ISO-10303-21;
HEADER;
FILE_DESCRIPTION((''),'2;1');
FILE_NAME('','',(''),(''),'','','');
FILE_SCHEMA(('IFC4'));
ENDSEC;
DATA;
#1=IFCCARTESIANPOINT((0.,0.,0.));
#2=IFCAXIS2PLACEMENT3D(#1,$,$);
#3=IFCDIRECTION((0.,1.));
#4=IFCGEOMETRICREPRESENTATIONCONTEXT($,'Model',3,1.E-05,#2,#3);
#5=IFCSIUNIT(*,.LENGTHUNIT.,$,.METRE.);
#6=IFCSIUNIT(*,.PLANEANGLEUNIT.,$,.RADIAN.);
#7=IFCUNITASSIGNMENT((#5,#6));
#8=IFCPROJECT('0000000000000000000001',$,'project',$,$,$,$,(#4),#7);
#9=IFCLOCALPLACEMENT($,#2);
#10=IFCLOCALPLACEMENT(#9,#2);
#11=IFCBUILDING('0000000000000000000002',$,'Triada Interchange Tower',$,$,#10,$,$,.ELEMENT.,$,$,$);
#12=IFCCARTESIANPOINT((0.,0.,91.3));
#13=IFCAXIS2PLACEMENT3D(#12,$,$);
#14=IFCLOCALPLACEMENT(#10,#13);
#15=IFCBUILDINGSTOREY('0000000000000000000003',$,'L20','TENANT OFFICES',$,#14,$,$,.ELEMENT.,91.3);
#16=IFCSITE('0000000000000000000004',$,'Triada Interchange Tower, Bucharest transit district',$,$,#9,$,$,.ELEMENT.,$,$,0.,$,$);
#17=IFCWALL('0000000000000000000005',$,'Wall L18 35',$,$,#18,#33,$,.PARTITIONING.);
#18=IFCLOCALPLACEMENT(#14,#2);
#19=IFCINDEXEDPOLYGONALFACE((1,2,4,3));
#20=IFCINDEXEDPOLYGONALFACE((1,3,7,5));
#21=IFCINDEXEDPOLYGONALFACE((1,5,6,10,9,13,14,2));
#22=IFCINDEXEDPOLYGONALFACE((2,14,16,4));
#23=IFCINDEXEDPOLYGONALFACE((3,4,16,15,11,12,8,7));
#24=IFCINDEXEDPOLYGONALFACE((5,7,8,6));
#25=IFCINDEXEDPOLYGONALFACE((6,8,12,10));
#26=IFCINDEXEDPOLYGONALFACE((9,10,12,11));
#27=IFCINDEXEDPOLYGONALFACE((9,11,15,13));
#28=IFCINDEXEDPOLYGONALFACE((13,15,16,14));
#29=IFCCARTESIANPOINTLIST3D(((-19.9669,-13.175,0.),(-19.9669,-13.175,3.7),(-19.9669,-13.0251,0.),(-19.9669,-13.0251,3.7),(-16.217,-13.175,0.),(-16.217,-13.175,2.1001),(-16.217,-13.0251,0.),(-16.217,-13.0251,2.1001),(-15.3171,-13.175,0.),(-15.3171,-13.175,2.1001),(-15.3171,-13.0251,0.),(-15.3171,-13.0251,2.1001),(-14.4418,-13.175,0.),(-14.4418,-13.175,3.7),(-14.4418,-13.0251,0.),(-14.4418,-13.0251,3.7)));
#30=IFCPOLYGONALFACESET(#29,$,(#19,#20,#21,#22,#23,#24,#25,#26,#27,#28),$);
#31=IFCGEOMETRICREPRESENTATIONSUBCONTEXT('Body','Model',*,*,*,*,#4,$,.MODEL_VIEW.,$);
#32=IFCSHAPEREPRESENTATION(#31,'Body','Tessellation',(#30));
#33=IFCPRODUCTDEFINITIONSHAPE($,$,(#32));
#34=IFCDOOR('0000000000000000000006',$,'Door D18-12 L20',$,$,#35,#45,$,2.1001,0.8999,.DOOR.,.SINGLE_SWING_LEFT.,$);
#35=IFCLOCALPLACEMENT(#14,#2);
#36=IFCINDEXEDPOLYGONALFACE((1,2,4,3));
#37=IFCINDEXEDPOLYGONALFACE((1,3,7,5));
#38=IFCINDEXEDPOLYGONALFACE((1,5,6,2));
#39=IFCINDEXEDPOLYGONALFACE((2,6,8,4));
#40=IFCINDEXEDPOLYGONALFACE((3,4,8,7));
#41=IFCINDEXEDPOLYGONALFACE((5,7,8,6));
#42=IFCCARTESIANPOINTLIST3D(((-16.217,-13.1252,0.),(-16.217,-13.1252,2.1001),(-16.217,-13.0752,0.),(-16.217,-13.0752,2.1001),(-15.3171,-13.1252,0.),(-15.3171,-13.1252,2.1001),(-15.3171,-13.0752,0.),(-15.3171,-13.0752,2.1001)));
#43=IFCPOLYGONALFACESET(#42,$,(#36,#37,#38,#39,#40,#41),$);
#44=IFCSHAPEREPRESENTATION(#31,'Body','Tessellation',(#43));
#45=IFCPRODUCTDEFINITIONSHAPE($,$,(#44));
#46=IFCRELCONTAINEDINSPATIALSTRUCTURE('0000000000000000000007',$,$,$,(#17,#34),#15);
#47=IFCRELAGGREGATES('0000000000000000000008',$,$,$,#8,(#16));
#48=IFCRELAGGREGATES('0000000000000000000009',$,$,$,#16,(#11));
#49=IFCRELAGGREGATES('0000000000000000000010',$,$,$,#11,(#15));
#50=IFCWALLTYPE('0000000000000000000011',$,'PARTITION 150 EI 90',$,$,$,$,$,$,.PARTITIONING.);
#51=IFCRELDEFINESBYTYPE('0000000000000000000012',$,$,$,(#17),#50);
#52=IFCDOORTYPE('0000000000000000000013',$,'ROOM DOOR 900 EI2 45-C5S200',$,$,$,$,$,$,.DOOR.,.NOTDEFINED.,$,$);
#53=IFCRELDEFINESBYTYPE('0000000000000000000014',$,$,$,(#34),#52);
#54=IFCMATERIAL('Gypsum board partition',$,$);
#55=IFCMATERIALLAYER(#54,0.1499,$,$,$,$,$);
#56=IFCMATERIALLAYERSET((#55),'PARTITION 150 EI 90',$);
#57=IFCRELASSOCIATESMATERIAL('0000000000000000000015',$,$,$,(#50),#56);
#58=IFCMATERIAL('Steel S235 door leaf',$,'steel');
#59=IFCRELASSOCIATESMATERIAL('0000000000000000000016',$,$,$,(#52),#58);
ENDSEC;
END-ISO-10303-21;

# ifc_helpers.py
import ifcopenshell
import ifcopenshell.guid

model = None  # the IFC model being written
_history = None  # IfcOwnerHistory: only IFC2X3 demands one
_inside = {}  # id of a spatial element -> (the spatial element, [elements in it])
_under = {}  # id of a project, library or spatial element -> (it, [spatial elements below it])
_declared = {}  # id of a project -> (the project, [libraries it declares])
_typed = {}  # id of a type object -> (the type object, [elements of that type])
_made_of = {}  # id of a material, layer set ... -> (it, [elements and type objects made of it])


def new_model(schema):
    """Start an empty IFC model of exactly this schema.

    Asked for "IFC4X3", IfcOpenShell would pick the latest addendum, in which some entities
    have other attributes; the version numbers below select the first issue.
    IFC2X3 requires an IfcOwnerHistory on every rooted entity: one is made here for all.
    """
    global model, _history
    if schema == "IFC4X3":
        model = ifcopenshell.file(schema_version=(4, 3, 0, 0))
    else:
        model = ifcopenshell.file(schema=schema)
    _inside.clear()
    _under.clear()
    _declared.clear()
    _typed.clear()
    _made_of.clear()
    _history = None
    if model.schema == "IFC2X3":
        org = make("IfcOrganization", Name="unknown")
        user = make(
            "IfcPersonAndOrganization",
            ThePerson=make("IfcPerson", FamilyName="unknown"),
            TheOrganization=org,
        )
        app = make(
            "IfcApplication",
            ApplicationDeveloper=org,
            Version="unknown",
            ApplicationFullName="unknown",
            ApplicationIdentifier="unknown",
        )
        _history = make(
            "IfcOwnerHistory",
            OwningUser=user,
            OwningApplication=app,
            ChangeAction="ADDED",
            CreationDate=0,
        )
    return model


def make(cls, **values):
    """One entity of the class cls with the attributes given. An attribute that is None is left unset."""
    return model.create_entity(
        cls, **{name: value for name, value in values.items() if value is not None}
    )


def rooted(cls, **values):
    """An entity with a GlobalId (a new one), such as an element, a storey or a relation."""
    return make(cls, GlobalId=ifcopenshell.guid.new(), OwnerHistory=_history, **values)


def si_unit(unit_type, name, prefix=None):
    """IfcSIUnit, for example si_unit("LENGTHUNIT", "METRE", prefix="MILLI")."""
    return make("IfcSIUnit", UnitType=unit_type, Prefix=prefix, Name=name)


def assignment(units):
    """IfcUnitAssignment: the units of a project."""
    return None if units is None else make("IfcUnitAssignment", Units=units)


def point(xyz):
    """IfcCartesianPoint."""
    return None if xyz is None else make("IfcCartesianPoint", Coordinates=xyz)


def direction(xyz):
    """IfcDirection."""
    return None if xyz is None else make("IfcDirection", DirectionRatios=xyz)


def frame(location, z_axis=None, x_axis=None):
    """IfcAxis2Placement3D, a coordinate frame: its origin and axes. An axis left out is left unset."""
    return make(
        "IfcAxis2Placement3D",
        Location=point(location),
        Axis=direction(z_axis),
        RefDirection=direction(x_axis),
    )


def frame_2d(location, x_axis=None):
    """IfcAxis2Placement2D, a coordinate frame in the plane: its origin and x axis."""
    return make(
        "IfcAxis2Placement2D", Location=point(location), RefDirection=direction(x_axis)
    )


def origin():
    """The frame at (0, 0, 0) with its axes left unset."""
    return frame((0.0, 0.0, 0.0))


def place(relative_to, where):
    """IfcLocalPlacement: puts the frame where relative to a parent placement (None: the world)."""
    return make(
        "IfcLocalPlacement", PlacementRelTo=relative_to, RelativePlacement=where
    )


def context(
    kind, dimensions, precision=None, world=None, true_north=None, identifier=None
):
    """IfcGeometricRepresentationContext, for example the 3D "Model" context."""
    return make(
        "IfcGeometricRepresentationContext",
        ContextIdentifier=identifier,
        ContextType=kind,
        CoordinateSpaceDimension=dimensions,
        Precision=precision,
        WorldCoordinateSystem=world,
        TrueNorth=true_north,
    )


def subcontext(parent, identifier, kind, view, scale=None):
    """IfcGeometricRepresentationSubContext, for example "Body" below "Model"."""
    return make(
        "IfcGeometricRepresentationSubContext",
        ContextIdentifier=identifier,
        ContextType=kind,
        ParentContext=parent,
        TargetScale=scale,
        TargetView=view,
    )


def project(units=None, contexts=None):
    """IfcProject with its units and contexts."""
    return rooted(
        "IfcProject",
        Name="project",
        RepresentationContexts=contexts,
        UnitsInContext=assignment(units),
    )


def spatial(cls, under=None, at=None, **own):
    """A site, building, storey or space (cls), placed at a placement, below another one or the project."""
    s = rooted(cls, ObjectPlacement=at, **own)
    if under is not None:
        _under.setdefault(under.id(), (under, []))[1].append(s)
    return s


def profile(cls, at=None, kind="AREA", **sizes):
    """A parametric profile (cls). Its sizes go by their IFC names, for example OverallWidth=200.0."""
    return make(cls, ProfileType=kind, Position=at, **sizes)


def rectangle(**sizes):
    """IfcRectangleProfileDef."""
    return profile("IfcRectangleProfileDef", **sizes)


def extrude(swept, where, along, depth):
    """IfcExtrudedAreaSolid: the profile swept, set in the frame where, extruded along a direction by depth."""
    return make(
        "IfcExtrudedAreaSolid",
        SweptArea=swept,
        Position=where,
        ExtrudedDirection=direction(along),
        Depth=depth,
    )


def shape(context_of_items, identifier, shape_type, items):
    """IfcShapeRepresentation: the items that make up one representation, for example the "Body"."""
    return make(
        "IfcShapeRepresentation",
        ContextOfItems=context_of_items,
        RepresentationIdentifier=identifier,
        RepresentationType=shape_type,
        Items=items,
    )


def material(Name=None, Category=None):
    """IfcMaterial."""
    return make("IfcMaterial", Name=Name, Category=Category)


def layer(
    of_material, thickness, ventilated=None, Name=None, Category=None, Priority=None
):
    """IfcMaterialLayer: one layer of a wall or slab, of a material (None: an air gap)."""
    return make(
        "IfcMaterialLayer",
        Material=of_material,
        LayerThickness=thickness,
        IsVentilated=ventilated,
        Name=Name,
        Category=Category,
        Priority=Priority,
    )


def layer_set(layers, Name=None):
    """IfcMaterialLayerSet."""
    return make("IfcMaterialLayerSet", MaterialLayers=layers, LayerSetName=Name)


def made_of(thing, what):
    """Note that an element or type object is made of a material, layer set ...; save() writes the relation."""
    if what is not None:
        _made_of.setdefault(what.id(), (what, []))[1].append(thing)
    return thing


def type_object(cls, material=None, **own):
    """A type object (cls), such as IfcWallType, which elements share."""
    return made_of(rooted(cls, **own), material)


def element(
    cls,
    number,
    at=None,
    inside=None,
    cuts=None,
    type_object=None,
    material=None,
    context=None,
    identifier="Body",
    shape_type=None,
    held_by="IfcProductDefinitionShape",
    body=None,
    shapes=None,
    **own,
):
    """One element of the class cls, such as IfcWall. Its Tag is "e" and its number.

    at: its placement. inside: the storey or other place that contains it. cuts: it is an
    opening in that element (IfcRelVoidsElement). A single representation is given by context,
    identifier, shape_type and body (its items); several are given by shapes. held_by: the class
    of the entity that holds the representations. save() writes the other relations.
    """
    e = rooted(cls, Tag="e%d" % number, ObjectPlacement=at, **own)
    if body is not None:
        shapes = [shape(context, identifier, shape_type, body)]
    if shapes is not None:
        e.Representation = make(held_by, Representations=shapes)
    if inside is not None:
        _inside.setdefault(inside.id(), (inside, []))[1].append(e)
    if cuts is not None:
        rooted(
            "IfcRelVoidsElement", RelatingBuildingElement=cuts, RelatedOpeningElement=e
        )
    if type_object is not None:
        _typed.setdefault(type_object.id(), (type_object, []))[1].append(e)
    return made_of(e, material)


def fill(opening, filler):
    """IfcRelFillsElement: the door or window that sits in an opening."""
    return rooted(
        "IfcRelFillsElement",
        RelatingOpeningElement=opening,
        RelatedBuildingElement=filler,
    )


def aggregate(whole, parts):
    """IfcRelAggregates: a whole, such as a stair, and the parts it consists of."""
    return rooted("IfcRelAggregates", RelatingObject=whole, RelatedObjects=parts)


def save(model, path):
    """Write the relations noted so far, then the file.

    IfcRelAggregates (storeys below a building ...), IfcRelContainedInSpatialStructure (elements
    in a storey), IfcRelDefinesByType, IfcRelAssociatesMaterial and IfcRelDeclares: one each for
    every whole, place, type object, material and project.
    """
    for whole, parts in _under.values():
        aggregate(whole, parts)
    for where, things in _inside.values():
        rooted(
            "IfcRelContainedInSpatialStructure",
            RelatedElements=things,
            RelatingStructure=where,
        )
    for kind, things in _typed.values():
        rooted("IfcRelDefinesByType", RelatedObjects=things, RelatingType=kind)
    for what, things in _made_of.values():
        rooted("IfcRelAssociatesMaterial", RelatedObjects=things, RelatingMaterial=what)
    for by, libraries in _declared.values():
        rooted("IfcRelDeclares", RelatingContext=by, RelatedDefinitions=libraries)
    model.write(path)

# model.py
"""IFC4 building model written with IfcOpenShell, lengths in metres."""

from ifc_helpers import new_model, si_unit, direction, frame, frame_2d, origin, place, context, subcontext, project, spatial, rectangle, extrude, material, layer, layer_set, type_object, element, fill, save


model = new_model("IFC4")

# Units and contexts
model_context = context("Model", 3, precision=1e-05, world=origin(), true_north=direction((0.0, 1.0)))
body_context = subcontext(model_context, "Body", "Model", "MODEL_VIEW")
ifc_project = project(units=[si_unit("LENGTHUNIT", "METRE"), si_unit("PLANEANGLEUNIT", "RADIAN")], contexts=[model_context])

# Site, building, storey
site_placement = place(None, origin())
site = spatial("IfcSite", under=ifc_project, at=site_placement, Name="Triada Interchange Tower, Bucharest transit district", CompositionType="ELEMENT", RefElevation=0.0)
building_placement = place(site_placement, origin())
building = spatial("IfcBuilding", under=site, at=building_placement, Name="Triada Interchange Tower", CompositionType="ELEMENT")
storey_placement = place(building_placement, frame((0.0, 0.0, 91.3)))
storey = spatial("IfcBuildingStorey", under=building, at=storey_placement, Name="L20", Description="TENANT OFFICES", CompositionType="ELEMENT", Elevation=91.3)

# Shared definitions
ifc_material_1 = material(Name="Gypsum board partition")
ifc_material_2 = material(Name="Steel S235 door leaf", Category="steel")

# Wall, opening, door
ifc_layer_1 = layer(ifc_material_1, 0.1499)
ifc_layer_set_1 = layer_set([ifc_layer_1], Name="PARTITION 150 EI 90")
wall_type_1 = type_object("IfcWallType", Name="PARTITION 150 EI 90", PredefinedType="PARTITIONING", material=ifc_layer_set_1)
wall_1_placement = place(storey_placement, frame((-19.967, -13.1001, 0.0), z_axis=(0.0, 0.0, 1.0), x_axis=(1.0, 0.0, 0.0)))
wall_1 = element("IfcWall", 1, at=wall_1_placement, inside=storey, type_object=wall_type_1, Name="Wall L18 35", PredefinedType="PARTITIONING", context=body_context, shape_type="SweptSolid", body=[
    extrude(rectangle(XDim=5.5251, YDim=0.1499, at=frame_2d((2.7627, 0.0))), origin(), (0.0, 0.0, 1.0), 3.7),
])
opening_1_placement = place(wall_1_placement, frame((3.75, 0.0, 0.0)))
opening_1 = element("IfcOpeningElement", 2, at=opening_1_placement, cuts=wall_1, PredefinedType="OPENING", context=body_context, shape_type="SweptSolid", body=[
    extrude(rectangle(XDim=0.8999, YDim=2.1001, at=frame_2d((0.45, 1.05))), frame((0.0, 0.085, 0.0), z_axis=(0.0, -1.0, 0.0), x_axis=(1.0, 0.0, 0.0)), (0.0, 0.0, 1.0), 0.1699),
])
door_type_1 = type_object("IfcDoorType", Name="ROOM DOOR 900 EI2 45-C5S200", OperationType="NOTDEFINED", PredefinedType="DOOR", material=ifc_material_2)
door_1_placement = place(opening_1_placement, origin())
door_1 = element("IfcDoor", 3, at=door_1_placement, inside=storey, type_object=door_type_1, Name="Door D18-12 L20", OperationType="SINGLE_SWING_LEFT", OverallHeight=2.1001, OverallWidth=0.8999, PredefinedType="DOOR", context=body_context, shape_type="SweptSolid", body=[
    extrude(rectangle(XDim=0.8999, YDim=2.1001, at=frame_2d((0.45, 1.05))), frame((0.0, 0.0249, 0.0), z_axis=(0.0, -1.0, 0.0), x_axis=(1.0, 0.0, 0.0)), (0.0, 0.0, 1.0), 0.05),
])
fill(opening_1, door_1)

save(model, "model.ifc")
